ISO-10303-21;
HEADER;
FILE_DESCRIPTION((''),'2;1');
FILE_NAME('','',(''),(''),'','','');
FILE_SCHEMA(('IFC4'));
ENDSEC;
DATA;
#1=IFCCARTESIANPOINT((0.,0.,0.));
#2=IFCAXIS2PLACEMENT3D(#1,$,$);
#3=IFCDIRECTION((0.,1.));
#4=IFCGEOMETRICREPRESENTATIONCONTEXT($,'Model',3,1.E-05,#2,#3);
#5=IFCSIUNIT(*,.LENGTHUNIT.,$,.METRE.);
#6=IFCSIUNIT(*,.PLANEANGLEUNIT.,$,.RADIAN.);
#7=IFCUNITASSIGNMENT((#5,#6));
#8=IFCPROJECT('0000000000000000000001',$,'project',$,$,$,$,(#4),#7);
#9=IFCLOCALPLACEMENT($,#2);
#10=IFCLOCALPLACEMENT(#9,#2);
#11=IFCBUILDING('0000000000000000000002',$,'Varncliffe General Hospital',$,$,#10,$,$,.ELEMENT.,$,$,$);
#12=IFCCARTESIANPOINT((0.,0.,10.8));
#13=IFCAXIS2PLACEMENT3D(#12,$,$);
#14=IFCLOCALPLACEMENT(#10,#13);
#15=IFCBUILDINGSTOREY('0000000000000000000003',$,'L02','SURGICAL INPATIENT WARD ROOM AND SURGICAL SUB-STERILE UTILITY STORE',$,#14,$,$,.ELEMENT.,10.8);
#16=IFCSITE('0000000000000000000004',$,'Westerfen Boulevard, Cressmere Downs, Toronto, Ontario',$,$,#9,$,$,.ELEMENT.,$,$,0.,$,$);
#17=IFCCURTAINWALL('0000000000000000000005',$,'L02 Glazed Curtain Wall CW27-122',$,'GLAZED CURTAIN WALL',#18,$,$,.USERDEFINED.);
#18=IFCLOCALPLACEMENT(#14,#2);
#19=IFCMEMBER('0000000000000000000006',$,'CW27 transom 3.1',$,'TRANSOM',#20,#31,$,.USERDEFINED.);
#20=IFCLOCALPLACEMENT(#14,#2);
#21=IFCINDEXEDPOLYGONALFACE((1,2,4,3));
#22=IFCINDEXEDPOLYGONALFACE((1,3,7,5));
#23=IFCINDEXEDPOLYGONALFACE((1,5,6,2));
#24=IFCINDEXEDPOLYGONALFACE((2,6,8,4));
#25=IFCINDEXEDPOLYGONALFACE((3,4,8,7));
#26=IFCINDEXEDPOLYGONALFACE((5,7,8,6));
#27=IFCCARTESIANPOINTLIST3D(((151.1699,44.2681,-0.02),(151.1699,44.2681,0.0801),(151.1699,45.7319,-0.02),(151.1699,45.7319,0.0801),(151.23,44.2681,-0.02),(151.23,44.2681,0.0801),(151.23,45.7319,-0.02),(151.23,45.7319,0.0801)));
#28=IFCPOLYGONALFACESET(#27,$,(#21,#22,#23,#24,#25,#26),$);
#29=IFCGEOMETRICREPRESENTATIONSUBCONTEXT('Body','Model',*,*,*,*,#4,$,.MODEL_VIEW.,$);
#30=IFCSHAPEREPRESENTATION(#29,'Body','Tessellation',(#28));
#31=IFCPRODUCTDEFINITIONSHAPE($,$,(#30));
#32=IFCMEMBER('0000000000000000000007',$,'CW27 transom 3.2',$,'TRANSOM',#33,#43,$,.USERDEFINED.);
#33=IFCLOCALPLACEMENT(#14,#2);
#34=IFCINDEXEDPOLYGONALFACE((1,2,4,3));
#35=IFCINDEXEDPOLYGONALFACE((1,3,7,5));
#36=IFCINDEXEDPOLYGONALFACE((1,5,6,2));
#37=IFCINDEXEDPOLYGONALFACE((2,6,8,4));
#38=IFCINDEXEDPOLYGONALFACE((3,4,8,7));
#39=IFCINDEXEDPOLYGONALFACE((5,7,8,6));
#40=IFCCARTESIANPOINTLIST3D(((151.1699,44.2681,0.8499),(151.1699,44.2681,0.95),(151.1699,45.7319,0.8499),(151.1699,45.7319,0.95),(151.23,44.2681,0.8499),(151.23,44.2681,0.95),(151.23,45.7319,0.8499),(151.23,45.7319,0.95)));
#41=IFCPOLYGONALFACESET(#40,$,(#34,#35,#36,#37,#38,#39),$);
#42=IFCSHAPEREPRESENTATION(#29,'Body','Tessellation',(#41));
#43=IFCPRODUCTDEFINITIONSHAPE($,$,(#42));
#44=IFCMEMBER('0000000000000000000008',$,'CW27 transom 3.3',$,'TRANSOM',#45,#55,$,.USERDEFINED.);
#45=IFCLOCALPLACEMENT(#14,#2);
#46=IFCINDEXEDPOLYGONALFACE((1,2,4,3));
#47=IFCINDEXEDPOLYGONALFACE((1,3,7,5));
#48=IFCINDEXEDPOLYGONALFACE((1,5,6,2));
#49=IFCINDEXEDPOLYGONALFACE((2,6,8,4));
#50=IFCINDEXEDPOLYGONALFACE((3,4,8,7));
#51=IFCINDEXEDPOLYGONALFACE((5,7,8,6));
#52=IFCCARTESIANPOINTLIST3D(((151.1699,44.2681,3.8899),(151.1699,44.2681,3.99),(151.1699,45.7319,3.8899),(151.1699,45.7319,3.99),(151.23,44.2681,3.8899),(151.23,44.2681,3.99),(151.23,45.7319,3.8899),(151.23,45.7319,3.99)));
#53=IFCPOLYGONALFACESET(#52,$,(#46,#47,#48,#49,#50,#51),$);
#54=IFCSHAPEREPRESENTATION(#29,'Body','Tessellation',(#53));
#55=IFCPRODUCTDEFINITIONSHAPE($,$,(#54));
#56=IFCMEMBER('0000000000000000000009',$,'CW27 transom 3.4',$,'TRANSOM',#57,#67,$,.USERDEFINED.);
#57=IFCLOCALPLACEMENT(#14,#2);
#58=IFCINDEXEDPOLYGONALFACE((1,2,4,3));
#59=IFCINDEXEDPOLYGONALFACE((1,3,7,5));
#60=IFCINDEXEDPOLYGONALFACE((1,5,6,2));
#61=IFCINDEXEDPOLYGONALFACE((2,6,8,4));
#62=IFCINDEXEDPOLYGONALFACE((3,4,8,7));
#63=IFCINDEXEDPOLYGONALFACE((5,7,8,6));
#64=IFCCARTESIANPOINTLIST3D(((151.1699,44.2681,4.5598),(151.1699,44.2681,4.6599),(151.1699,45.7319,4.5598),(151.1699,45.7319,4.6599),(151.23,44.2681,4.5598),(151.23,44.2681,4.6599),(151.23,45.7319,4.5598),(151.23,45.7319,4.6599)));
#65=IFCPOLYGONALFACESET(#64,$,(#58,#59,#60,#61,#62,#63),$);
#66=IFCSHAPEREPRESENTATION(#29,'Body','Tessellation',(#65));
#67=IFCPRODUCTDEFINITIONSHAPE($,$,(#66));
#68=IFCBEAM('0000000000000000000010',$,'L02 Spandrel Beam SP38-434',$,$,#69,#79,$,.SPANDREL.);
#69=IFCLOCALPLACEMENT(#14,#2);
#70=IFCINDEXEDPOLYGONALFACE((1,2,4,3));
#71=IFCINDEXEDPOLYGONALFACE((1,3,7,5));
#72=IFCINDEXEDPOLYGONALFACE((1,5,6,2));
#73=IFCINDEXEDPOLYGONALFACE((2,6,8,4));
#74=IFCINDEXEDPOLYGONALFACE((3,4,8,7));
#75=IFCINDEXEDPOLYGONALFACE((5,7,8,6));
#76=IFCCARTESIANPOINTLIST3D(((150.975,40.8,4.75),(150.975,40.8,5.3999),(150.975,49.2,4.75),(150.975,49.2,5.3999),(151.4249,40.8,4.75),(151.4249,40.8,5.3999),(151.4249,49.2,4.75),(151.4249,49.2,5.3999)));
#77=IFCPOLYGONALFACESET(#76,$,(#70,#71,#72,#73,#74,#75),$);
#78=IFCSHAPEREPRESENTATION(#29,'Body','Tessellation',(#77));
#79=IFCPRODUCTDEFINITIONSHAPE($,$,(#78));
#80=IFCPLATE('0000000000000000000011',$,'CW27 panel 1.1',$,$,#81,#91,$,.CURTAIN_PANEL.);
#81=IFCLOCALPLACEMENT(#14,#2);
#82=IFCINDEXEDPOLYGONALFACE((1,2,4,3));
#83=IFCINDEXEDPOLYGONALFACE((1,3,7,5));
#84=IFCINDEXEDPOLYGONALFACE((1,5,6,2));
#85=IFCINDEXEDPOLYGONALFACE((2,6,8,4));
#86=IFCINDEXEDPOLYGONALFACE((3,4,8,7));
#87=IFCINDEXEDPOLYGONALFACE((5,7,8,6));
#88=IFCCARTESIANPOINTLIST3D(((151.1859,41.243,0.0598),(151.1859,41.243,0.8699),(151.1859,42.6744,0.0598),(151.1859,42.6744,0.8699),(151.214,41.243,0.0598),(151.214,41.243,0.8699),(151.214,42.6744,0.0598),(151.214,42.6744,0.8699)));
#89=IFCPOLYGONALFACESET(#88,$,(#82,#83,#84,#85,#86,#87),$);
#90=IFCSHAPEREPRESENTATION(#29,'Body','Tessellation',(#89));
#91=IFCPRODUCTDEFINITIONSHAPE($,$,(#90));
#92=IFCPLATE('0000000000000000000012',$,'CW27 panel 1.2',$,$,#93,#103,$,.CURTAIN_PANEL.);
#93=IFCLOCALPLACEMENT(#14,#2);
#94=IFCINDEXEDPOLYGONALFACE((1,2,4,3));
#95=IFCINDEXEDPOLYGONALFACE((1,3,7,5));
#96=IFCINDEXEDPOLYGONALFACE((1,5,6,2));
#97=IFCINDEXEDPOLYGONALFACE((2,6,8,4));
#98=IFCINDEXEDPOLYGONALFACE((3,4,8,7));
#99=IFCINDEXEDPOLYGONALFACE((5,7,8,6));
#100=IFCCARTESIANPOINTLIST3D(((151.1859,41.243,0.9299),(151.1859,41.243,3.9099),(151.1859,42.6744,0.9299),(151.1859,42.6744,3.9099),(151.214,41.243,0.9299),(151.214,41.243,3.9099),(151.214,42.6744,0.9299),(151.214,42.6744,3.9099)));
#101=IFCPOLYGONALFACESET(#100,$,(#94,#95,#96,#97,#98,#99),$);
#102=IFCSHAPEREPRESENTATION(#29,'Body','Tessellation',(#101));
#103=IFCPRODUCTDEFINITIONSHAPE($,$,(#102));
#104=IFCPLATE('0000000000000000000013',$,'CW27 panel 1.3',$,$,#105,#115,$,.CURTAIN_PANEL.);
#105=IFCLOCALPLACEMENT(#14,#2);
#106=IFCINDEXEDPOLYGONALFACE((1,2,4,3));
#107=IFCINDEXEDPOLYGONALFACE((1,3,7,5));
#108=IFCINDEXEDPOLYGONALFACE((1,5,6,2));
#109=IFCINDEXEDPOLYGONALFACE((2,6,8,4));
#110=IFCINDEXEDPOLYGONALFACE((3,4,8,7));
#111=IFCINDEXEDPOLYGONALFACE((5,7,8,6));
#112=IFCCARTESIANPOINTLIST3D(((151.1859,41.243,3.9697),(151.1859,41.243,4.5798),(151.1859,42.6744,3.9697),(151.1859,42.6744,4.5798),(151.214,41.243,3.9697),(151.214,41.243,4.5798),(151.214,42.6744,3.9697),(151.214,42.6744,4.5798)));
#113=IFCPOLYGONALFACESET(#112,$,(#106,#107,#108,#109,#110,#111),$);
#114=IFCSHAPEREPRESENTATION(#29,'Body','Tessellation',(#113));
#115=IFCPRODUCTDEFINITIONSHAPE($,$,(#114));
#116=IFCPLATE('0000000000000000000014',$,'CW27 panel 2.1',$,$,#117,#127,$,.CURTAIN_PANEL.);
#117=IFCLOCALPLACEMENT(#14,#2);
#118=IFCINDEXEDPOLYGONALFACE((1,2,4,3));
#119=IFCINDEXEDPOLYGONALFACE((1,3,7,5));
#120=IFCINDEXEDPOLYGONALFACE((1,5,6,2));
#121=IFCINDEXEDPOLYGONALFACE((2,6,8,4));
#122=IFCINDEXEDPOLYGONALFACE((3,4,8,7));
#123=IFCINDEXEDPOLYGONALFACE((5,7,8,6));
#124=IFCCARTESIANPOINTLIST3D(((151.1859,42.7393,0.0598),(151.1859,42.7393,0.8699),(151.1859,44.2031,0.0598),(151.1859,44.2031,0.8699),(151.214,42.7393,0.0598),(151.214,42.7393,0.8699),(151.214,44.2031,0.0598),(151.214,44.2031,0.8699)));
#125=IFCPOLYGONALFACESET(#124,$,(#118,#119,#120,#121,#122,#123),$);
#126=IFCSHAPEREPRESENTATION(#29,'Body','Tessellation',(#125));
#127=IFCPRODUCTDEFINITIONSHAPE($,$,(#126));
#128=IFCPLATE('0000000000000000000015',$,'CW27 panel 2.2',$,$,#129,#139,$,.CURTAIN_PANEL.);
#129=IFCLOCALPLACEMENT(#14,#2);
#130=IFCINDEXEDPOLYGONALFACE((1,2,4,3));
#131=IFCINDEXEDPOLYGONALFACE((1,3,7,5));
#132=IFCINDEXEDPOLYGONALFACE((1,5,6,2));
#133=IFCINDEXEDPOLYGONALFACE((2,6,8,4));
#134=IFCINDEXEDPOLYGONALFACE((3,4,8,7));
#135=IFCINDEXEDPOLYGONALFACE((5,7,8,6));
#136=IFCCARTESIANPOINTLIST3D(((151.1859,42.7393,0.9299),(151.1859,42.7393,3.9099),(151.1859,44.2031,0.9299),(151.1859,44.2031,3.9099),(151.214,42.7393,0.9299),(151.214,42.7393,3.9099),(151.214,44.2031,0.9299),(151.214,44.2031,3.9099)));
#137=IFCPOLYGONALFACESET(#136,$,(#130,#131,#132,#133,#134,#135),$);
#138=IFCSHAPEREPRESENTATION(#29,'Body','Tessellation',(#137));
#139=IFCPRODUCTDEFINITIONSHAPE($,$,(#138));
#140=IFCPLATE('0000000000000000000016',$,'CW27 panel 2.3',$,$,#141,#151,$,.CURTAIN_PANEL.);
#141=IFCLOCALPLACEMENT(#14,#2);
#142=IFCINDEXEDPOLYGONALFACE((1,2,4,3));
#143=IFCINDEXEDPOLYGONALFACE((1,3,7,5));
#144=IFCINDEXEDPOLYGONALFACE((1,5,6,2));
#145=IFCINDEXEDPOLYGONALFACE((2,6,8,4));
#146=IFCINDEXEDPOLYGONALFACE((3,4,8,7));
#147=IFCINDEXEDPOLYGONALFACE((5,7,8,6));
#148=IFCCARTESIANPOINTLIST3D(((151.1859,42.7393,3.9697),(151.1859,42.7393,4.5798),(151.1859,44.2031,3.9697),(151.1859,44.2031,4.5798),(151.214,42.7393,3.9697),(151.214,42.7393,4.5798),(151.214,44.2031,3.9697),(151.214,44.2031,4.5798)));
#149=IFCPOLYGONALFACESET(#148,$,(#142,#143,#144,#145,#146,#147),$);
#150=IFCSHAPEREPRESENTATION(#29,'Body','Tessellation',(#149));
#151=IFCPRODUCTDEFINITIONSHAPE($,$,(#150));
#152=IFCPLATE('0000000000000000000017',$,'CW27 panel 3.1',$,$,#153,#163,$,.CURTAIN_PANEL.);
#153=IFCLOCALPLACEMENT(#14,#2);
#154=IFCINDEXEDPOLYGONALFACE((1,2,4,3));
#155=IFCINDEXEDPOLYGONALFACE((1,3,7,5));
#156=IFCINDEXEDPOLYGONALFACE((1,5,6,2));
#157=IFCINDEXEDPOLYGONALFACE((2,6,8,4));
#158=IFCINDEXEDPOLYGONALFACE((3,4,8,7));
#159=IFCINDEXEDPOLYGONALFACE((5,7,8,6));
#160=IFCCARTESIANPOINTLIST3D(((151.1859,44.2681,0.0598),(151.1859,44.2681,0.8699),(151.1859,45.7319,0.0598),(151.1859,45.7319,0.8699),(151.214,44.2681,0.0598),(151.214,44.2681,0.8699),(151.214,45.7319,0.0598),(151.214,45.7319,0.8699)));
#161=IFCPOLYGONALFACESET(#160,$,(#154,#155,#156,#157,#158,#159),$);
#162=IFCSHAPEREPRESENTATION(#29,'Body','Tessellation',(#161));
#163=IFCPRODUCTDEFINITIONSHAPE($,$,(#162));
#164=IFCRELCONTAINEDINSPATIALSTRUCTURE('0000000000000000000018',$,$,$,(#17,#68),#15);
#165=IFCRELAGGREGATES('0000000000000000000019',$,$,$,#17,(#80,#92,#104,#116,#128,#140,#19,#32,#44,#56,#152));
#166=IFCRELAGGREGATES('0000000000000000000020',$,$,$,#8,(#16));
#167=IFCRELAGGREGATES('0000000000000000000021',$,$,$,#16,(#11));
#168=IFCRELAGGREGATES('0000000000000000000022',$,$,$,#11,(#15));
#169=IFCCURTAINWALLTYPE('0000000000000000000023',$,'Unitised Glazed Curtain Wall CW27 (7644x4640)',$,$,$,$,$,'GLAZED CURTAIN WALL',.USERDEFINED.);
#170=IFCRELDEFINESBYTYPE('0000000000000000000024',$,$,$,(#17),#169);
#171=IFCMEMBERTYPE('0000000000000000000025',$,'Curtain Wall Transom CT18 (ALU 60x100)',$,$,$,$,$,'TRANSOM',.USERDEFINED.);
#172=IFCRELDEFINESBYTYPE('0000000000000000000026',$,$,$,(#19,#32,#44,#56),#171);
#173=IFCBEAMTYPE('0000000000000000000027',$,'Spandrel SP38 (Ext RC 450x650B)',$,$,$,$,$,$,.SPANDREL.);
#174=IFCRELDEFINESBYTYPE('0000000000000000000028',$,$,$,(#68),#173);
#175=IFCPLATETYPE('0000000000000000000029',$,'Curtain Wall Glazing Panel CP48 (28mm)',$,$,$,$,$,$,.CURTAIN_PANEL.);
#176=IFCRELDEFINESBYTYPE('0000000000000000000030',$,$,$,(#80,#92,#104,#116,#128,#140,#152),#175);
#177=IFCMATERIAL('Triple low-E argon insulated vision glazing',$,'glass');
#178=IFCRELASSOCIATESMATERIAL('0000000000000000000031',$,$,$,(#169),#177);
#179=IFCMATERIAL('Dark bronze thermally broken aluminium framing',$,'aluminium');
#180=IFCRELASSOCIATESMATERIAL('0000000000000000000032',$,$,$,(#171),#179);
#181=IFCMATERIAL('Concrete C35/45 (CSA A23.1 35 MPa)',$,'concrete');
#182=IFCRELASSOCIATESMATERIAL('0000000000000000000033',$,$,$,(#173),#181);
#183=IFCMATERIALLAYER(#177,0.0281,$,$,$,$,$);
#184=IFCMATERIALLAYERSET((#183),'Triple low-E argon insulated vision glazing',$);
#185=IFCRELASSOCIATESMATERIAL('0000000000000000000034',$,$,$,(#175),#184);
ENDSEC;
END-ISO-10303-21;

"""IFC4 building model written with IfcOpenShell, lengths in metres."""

from ifc_helpers import new_model, si_unit, direction, frame, origin, origin_2d, place, context, subcontext, project, spatial, rectangle, extrude, material, layer, layer_set, material_profile, profile_set, type_object, element, aggregate, save


model = new_model("IFC4")

# Units and contexts
model_context = context("Model", 3, precision=1e-05, world=origin(), true_north=direction((0.0, 1.0)))
body_context = subcontext(model_context, "Body", "Model", "MODEL_VIEW")
ifc_project = project(units=[si_unit("LENGTHUNIT", "METRE"), si_unit("PLANEANGLEUNIT", "RADIAN")], contexts=[model_context])

# Site, building, storey
site_placement = place(None, origin())
site = spatial("IfcSite", under=ifc_project, at=site_placement, Name="Westerfen Boulevard, Cressmere Downs, Toronto, Ontario", CompositionType="ELEMENT", RefElevation=0.0)
building_placement = place(site_placement, origin())
building = spatial("IfcBuilding", under=site, at=building_placement, Name="Varncliffe General Hospital", CompositionType="ELEMENT")
storey_placement = place(building_placement, frame((0.0, 0.0, 10.8)))
storey = spatial("IfcBuildingStorey", under=building, at=storey_placement, Name="L02", Description="SURGICAL INPATIENT WARD ROOM AND SURGICAL SUB-STERILE UTILITY STORE", CompositionType="ELEMENT", Elevation=10.8)

# Shared definitions
ifc_material_1 = material(Name="Concrete C35/45 (CSA A23.1 35 MPa)", Category="concrete")

# Shared definitions
ifc_material_2 = material(Name="Triple low-E argon insulated vision glazing", Category="glass")
ifc_material_3 = material(Name="Dark bronze thermally broken aluminium framing", Category="aluminium")

# Curtain wall, members
curtain_wall_type_1 = type_object("IfcCurtainWallType", Name="Unitised Glazed Curtain Wall CW27 (7644x4640)", ElementType="GLAZED CURTAIN WALL", PredefinedType="USERDEFINED", material=ifc_material_2)
curtain_wall_1_placement = place(storey_placement, origin())
curtain_wall_1 = element("IfcCurtainWall", 1, at=curtain_wall_1_placement, inside=storey, type_object=curtain_wall_type_1, Name="L02 Glazed Curtain Wall CW27-122", ObjectType="GLAZED CURTAIN WALL", PredefinedType="USERDEFINED")
ifc_material_profile_1 = material_profile(ifc_material_3, rectangle(XDim=0.0601, YDim=0.1001, at=origin_2d()), Name="ALU 60x100")
ifc_profile_set_1 = profile_set([ifc_material_profile_1], Name="Dark bronze thermally broken aluminium framing")
member_type_1 = type_object("IfcMemberType", Name="Curtain Wall Transom CT18 (ALU 60x100)", ElementType="TRANSOM", PredefinedType="USERDEFINED", material=ifc_profile_set_1)
member_1_placement = place(storey_placement, frame((151.2, 44.2681, 0.03), z_axis=(0.0, 1.0, 0.0), x_axis=(-1.0, 0.0, 0.0)))
member_1 = element("IfcMember", 2, at=member_1_placement, type_object=member_type_1, Name="CW27 transom 3.1", ObjectType="TRANSOM", PredefinedType="USERDEFINED", context=body_context, shape_type="SweptSolid", body=[
    extrude(rectangle(XDim=0.0601, YDim=0.1001, at=origin_2d()), origin(), (0.0, 0.0, 1.0), 1.4639),
])
member_2_placement = place(storey_placement, frame((151.2, 44.2681, 0.8999), z_axis=(0.0, 1.0, 0.0), x_axis=(-1.0, 0.0, 0.0)))
member_2 = element("IfcMember", 3, at=member_2_placement, type_object=member_type_1, Name="CW27 transom 3.2", ObjectType="TRANSOM", PredefinedType="USERDEFINED", context=body_context, shape_type="SweptSolid", body=[
    extrude(rectangle(XDim=0.0601, YDim=0.1001, at=origin_2d()), origin(), (0.0, 0.0, 1.0), 1.4639),
])
member_3_placement = place(storey_placement, frame((151.2, 44.2681, 3.9399), z_axis=(0.0, 1.0, 0.0), x_axis=(-1.0, 0.0, 0.0)))
member_3 = element("IfcMember", 4, at=member_3_placement, type_object=member_type_1, Name="CW27 transom 3.3", ObjectType="TRANSOM", PredefinedType="USERDEFINED", context=body_context, shape_type="SweptSolid", body=[
    extrude(rectangle(XDim=0.0601, YDim=0.1001, at=origin_2d()), origin(), (0.0, 0.0, 1.0), 1.4639),
])
member_4_placement = place(storey_placement, frame((151.2, 44.2681, 4.6099), z_axis=(0.0, 1.0, 0.0), x_axis=(-1.0, 0.0, 0.0)))
member_4 = element("IfcMember", 5, at=member_4_placement, type_object=member_type_1, Name="CW27 transom 3.4", ObjectType="TRANSOM", PredefinedType="USERDEFINED", context=body_context, shape_type="SweptSolid", body=[
    extrude(rectangle(XDim=0.0601, YDim=0.1001, at=origin_2d()), origin(), (0.0, 0.0, 1.0), 1.4639),
])

# Beam
ifc_material_profile_2 = material_profile(ifc_material_1, rectangle(XDim=0.45, YDim=0.6499, at=origin_2d()), Name="RC 450x650")
ifc_profile_set_2 = profile_set([ifc_material_profile_2], Name="Concrete C35/45 (CSA A23.1 35 MPa)")
beam_type_1 = type_object("IfcBeamType", Name="Spandrel SP38 (Ext RC 450x650B)", PredefinedType="SPANDREL", material=ifc_profile_set_2)
beam_1_placement = place(storey_placement, frame((151.2, 40.8, 5.075), z_axis=(0.0, 1.0, 0.0), x_axis=(-1.0, 0.0, 0.0)))
element("IfcBeam", 6, at=beam_1_placement, inside=storey, type_object=beam_type_1, Name="L02 Spandrel Beam SP38-434", PredefinedType="SPANDREL", context=body_context, shape_type="SweptSolid", body=[
    extrude(rectangle(XDim=0.45, YDim=0.6499, at=origin_2d()), origin(), (0.0, 0.0, 1.0), 8.3999),
])

# Plates
ifc_layer = layer(ifc_material_2, 0.0281)
ifc_layer_set = layer_set([ifc_layer], Name="Triple low-E argon insulated vision glazing")
plate_type = type_object("IfcPlateType", Name="Curtain Wall Glazing Panel CP48 (28mm)", PredefinedType="CURTAIN_PANEL", material=ifc_layer_set)
plate_1_placement = place(storey_placement, frame((151.2, 41.9587, 0.0598), z_axis=(0.0, 0.0, 1.0), x_axis=(0.0, 1.0, 0.0)))
plate_1 = element("IfcPlate", 7, at=plate_1_placement, type_object=plate_type, Name="CW27 panel 1.1", PredefinedType="CURTAIN_PANEL", context=body_context, shape_type="SweptSolid", body=[
    extrude(rectangle(XDim=1.4314, YDim=0.0281, at=origin_2d()), origin(), (0.0, 0.0, 1.0), 0.8101),
])
plate_2_placement = place(storey_placement, frame((151.2, 41.9587, 0.9299), z_axis=(0.0, 0.0, 1.0), x_axis=(0.0, 1.0, 0.0)))
plate_2 = element("IfcPlate", 8, at=plate_2_placement, type_object=plate_type, Name="CW27 panel 1.2", PredefinedType="CURTAIN_PANEL", context=body_context, shape_type="SweptSolid", body=[
    extrude(rectangle(XDim=1.4314, YDim=0.0281, at=origin_2d()), origin(), (0.0, 0.0, 1.0), 2.98),
])
plate_3_placement = place(storey_placement, frame((151.2, 41.9587, 3.9697), z_axis=(0.0, 0.0, 1.0), x_axis=(0.0, 1.0, 0.0)))
plate_3 = element("IfcPlate", 9, at=plate_3_placement, type_object=plate_type, Name="CW27 panel 1.3", PredefinedType="CURTAIN_PANEL", context=body_context, shape_type="SweptSolid", body=[
    extrude(rectangle(XDim=1.4314, YDim=0.0281, at=origin_2d()), origin(), (0.0, 0.0, 1.0), 0.6101),
])
plate_4_placement = place(storey_placement, frame((151.2, 43.4712, 0.0598), z_axis=(0.0, 0.0, 1.0), x_axis=(0.0, 1.0, 0.0)))
plate_4 = element("IfcPlate", 10, at=plate_4_placement, type_object=plate_type, Name="CW27 panel 2.1", PredefinedType="CURTAIN_PANEL", context=body_context, shape_type="SweptSolid", body=[
    extrude(rectangle(XDim=1.4639, YDim=0.0281, at=origin_2d()), origin(), (0.0, 0.0, 1.0), 0.8101),
])
plate_5_placement = place(storey_placement, frame((151.2, 43.4712, 0.9299), z_axis=(0.0, 0.0, 1.0), x_axis=(0.0, 1.0, 0.0)))
plate_5 = element("IfcPlate", 11, at=plate_5_placement, type_object=plate_type, Name="CW27 panel 2.2", PredefinedType="CURTAIN_PANEL", context=body_context, shape_type="SweptSolid", body=[
    extrude(rectangle(XDim=1.4639, YDim=0.0281, at=origin_2d()), origin(), (0.0, 0.0, 1.0), 2.98),
])
plate_6_placement = place(storey_placement, frame((151.2, 43.4712, 3.9697), z_axis=(0.0, 0.0, 1.0), x_axis=(0.0, 1.0, 0.0)))
plate_6 = element("IfcPlate", 12, at=plate_6_placement, type_object=plate_type, Name="CW27 panel 2.3", PredefinedType="CURTAIN_PANEL", context=body_context, shape_type="SweptSolid", body=[
    extrude(rectangle(XDim=1.4639, YDim=0.0281, at=origin_2d()), origin(), (0.0, 0.0, 1.0), 0.6101),
])
plate_7_placement = place(storey_placement, frame((151.2, 45.0, 0.0598), z_axis=(0.0, 0.0, 1.0), x_axis=(0.0, 1.0, 0.0)))
plate_7 = element("IfcPlate", 13, at=plate_7_placement, type_object=plate_type, Name="CW27 panel 3.1", PredefinedType="CURTAIN_PANEL", context=body_context, shape_type="SweptSolid", body=[
    extrude(rectangle(XDim=1.4639, YDim=0.0281, at=origin_2d()), origin(), (0.0, 0.0, 1.0), 0.8101),
])
aggregate(curtain_wall_1, [plate_1, plate_2, plate_3, plate_4, plate_5, plate_6, member_1, member_2, member_3, member_4, plate_7])

save(model, "model.ifc")
